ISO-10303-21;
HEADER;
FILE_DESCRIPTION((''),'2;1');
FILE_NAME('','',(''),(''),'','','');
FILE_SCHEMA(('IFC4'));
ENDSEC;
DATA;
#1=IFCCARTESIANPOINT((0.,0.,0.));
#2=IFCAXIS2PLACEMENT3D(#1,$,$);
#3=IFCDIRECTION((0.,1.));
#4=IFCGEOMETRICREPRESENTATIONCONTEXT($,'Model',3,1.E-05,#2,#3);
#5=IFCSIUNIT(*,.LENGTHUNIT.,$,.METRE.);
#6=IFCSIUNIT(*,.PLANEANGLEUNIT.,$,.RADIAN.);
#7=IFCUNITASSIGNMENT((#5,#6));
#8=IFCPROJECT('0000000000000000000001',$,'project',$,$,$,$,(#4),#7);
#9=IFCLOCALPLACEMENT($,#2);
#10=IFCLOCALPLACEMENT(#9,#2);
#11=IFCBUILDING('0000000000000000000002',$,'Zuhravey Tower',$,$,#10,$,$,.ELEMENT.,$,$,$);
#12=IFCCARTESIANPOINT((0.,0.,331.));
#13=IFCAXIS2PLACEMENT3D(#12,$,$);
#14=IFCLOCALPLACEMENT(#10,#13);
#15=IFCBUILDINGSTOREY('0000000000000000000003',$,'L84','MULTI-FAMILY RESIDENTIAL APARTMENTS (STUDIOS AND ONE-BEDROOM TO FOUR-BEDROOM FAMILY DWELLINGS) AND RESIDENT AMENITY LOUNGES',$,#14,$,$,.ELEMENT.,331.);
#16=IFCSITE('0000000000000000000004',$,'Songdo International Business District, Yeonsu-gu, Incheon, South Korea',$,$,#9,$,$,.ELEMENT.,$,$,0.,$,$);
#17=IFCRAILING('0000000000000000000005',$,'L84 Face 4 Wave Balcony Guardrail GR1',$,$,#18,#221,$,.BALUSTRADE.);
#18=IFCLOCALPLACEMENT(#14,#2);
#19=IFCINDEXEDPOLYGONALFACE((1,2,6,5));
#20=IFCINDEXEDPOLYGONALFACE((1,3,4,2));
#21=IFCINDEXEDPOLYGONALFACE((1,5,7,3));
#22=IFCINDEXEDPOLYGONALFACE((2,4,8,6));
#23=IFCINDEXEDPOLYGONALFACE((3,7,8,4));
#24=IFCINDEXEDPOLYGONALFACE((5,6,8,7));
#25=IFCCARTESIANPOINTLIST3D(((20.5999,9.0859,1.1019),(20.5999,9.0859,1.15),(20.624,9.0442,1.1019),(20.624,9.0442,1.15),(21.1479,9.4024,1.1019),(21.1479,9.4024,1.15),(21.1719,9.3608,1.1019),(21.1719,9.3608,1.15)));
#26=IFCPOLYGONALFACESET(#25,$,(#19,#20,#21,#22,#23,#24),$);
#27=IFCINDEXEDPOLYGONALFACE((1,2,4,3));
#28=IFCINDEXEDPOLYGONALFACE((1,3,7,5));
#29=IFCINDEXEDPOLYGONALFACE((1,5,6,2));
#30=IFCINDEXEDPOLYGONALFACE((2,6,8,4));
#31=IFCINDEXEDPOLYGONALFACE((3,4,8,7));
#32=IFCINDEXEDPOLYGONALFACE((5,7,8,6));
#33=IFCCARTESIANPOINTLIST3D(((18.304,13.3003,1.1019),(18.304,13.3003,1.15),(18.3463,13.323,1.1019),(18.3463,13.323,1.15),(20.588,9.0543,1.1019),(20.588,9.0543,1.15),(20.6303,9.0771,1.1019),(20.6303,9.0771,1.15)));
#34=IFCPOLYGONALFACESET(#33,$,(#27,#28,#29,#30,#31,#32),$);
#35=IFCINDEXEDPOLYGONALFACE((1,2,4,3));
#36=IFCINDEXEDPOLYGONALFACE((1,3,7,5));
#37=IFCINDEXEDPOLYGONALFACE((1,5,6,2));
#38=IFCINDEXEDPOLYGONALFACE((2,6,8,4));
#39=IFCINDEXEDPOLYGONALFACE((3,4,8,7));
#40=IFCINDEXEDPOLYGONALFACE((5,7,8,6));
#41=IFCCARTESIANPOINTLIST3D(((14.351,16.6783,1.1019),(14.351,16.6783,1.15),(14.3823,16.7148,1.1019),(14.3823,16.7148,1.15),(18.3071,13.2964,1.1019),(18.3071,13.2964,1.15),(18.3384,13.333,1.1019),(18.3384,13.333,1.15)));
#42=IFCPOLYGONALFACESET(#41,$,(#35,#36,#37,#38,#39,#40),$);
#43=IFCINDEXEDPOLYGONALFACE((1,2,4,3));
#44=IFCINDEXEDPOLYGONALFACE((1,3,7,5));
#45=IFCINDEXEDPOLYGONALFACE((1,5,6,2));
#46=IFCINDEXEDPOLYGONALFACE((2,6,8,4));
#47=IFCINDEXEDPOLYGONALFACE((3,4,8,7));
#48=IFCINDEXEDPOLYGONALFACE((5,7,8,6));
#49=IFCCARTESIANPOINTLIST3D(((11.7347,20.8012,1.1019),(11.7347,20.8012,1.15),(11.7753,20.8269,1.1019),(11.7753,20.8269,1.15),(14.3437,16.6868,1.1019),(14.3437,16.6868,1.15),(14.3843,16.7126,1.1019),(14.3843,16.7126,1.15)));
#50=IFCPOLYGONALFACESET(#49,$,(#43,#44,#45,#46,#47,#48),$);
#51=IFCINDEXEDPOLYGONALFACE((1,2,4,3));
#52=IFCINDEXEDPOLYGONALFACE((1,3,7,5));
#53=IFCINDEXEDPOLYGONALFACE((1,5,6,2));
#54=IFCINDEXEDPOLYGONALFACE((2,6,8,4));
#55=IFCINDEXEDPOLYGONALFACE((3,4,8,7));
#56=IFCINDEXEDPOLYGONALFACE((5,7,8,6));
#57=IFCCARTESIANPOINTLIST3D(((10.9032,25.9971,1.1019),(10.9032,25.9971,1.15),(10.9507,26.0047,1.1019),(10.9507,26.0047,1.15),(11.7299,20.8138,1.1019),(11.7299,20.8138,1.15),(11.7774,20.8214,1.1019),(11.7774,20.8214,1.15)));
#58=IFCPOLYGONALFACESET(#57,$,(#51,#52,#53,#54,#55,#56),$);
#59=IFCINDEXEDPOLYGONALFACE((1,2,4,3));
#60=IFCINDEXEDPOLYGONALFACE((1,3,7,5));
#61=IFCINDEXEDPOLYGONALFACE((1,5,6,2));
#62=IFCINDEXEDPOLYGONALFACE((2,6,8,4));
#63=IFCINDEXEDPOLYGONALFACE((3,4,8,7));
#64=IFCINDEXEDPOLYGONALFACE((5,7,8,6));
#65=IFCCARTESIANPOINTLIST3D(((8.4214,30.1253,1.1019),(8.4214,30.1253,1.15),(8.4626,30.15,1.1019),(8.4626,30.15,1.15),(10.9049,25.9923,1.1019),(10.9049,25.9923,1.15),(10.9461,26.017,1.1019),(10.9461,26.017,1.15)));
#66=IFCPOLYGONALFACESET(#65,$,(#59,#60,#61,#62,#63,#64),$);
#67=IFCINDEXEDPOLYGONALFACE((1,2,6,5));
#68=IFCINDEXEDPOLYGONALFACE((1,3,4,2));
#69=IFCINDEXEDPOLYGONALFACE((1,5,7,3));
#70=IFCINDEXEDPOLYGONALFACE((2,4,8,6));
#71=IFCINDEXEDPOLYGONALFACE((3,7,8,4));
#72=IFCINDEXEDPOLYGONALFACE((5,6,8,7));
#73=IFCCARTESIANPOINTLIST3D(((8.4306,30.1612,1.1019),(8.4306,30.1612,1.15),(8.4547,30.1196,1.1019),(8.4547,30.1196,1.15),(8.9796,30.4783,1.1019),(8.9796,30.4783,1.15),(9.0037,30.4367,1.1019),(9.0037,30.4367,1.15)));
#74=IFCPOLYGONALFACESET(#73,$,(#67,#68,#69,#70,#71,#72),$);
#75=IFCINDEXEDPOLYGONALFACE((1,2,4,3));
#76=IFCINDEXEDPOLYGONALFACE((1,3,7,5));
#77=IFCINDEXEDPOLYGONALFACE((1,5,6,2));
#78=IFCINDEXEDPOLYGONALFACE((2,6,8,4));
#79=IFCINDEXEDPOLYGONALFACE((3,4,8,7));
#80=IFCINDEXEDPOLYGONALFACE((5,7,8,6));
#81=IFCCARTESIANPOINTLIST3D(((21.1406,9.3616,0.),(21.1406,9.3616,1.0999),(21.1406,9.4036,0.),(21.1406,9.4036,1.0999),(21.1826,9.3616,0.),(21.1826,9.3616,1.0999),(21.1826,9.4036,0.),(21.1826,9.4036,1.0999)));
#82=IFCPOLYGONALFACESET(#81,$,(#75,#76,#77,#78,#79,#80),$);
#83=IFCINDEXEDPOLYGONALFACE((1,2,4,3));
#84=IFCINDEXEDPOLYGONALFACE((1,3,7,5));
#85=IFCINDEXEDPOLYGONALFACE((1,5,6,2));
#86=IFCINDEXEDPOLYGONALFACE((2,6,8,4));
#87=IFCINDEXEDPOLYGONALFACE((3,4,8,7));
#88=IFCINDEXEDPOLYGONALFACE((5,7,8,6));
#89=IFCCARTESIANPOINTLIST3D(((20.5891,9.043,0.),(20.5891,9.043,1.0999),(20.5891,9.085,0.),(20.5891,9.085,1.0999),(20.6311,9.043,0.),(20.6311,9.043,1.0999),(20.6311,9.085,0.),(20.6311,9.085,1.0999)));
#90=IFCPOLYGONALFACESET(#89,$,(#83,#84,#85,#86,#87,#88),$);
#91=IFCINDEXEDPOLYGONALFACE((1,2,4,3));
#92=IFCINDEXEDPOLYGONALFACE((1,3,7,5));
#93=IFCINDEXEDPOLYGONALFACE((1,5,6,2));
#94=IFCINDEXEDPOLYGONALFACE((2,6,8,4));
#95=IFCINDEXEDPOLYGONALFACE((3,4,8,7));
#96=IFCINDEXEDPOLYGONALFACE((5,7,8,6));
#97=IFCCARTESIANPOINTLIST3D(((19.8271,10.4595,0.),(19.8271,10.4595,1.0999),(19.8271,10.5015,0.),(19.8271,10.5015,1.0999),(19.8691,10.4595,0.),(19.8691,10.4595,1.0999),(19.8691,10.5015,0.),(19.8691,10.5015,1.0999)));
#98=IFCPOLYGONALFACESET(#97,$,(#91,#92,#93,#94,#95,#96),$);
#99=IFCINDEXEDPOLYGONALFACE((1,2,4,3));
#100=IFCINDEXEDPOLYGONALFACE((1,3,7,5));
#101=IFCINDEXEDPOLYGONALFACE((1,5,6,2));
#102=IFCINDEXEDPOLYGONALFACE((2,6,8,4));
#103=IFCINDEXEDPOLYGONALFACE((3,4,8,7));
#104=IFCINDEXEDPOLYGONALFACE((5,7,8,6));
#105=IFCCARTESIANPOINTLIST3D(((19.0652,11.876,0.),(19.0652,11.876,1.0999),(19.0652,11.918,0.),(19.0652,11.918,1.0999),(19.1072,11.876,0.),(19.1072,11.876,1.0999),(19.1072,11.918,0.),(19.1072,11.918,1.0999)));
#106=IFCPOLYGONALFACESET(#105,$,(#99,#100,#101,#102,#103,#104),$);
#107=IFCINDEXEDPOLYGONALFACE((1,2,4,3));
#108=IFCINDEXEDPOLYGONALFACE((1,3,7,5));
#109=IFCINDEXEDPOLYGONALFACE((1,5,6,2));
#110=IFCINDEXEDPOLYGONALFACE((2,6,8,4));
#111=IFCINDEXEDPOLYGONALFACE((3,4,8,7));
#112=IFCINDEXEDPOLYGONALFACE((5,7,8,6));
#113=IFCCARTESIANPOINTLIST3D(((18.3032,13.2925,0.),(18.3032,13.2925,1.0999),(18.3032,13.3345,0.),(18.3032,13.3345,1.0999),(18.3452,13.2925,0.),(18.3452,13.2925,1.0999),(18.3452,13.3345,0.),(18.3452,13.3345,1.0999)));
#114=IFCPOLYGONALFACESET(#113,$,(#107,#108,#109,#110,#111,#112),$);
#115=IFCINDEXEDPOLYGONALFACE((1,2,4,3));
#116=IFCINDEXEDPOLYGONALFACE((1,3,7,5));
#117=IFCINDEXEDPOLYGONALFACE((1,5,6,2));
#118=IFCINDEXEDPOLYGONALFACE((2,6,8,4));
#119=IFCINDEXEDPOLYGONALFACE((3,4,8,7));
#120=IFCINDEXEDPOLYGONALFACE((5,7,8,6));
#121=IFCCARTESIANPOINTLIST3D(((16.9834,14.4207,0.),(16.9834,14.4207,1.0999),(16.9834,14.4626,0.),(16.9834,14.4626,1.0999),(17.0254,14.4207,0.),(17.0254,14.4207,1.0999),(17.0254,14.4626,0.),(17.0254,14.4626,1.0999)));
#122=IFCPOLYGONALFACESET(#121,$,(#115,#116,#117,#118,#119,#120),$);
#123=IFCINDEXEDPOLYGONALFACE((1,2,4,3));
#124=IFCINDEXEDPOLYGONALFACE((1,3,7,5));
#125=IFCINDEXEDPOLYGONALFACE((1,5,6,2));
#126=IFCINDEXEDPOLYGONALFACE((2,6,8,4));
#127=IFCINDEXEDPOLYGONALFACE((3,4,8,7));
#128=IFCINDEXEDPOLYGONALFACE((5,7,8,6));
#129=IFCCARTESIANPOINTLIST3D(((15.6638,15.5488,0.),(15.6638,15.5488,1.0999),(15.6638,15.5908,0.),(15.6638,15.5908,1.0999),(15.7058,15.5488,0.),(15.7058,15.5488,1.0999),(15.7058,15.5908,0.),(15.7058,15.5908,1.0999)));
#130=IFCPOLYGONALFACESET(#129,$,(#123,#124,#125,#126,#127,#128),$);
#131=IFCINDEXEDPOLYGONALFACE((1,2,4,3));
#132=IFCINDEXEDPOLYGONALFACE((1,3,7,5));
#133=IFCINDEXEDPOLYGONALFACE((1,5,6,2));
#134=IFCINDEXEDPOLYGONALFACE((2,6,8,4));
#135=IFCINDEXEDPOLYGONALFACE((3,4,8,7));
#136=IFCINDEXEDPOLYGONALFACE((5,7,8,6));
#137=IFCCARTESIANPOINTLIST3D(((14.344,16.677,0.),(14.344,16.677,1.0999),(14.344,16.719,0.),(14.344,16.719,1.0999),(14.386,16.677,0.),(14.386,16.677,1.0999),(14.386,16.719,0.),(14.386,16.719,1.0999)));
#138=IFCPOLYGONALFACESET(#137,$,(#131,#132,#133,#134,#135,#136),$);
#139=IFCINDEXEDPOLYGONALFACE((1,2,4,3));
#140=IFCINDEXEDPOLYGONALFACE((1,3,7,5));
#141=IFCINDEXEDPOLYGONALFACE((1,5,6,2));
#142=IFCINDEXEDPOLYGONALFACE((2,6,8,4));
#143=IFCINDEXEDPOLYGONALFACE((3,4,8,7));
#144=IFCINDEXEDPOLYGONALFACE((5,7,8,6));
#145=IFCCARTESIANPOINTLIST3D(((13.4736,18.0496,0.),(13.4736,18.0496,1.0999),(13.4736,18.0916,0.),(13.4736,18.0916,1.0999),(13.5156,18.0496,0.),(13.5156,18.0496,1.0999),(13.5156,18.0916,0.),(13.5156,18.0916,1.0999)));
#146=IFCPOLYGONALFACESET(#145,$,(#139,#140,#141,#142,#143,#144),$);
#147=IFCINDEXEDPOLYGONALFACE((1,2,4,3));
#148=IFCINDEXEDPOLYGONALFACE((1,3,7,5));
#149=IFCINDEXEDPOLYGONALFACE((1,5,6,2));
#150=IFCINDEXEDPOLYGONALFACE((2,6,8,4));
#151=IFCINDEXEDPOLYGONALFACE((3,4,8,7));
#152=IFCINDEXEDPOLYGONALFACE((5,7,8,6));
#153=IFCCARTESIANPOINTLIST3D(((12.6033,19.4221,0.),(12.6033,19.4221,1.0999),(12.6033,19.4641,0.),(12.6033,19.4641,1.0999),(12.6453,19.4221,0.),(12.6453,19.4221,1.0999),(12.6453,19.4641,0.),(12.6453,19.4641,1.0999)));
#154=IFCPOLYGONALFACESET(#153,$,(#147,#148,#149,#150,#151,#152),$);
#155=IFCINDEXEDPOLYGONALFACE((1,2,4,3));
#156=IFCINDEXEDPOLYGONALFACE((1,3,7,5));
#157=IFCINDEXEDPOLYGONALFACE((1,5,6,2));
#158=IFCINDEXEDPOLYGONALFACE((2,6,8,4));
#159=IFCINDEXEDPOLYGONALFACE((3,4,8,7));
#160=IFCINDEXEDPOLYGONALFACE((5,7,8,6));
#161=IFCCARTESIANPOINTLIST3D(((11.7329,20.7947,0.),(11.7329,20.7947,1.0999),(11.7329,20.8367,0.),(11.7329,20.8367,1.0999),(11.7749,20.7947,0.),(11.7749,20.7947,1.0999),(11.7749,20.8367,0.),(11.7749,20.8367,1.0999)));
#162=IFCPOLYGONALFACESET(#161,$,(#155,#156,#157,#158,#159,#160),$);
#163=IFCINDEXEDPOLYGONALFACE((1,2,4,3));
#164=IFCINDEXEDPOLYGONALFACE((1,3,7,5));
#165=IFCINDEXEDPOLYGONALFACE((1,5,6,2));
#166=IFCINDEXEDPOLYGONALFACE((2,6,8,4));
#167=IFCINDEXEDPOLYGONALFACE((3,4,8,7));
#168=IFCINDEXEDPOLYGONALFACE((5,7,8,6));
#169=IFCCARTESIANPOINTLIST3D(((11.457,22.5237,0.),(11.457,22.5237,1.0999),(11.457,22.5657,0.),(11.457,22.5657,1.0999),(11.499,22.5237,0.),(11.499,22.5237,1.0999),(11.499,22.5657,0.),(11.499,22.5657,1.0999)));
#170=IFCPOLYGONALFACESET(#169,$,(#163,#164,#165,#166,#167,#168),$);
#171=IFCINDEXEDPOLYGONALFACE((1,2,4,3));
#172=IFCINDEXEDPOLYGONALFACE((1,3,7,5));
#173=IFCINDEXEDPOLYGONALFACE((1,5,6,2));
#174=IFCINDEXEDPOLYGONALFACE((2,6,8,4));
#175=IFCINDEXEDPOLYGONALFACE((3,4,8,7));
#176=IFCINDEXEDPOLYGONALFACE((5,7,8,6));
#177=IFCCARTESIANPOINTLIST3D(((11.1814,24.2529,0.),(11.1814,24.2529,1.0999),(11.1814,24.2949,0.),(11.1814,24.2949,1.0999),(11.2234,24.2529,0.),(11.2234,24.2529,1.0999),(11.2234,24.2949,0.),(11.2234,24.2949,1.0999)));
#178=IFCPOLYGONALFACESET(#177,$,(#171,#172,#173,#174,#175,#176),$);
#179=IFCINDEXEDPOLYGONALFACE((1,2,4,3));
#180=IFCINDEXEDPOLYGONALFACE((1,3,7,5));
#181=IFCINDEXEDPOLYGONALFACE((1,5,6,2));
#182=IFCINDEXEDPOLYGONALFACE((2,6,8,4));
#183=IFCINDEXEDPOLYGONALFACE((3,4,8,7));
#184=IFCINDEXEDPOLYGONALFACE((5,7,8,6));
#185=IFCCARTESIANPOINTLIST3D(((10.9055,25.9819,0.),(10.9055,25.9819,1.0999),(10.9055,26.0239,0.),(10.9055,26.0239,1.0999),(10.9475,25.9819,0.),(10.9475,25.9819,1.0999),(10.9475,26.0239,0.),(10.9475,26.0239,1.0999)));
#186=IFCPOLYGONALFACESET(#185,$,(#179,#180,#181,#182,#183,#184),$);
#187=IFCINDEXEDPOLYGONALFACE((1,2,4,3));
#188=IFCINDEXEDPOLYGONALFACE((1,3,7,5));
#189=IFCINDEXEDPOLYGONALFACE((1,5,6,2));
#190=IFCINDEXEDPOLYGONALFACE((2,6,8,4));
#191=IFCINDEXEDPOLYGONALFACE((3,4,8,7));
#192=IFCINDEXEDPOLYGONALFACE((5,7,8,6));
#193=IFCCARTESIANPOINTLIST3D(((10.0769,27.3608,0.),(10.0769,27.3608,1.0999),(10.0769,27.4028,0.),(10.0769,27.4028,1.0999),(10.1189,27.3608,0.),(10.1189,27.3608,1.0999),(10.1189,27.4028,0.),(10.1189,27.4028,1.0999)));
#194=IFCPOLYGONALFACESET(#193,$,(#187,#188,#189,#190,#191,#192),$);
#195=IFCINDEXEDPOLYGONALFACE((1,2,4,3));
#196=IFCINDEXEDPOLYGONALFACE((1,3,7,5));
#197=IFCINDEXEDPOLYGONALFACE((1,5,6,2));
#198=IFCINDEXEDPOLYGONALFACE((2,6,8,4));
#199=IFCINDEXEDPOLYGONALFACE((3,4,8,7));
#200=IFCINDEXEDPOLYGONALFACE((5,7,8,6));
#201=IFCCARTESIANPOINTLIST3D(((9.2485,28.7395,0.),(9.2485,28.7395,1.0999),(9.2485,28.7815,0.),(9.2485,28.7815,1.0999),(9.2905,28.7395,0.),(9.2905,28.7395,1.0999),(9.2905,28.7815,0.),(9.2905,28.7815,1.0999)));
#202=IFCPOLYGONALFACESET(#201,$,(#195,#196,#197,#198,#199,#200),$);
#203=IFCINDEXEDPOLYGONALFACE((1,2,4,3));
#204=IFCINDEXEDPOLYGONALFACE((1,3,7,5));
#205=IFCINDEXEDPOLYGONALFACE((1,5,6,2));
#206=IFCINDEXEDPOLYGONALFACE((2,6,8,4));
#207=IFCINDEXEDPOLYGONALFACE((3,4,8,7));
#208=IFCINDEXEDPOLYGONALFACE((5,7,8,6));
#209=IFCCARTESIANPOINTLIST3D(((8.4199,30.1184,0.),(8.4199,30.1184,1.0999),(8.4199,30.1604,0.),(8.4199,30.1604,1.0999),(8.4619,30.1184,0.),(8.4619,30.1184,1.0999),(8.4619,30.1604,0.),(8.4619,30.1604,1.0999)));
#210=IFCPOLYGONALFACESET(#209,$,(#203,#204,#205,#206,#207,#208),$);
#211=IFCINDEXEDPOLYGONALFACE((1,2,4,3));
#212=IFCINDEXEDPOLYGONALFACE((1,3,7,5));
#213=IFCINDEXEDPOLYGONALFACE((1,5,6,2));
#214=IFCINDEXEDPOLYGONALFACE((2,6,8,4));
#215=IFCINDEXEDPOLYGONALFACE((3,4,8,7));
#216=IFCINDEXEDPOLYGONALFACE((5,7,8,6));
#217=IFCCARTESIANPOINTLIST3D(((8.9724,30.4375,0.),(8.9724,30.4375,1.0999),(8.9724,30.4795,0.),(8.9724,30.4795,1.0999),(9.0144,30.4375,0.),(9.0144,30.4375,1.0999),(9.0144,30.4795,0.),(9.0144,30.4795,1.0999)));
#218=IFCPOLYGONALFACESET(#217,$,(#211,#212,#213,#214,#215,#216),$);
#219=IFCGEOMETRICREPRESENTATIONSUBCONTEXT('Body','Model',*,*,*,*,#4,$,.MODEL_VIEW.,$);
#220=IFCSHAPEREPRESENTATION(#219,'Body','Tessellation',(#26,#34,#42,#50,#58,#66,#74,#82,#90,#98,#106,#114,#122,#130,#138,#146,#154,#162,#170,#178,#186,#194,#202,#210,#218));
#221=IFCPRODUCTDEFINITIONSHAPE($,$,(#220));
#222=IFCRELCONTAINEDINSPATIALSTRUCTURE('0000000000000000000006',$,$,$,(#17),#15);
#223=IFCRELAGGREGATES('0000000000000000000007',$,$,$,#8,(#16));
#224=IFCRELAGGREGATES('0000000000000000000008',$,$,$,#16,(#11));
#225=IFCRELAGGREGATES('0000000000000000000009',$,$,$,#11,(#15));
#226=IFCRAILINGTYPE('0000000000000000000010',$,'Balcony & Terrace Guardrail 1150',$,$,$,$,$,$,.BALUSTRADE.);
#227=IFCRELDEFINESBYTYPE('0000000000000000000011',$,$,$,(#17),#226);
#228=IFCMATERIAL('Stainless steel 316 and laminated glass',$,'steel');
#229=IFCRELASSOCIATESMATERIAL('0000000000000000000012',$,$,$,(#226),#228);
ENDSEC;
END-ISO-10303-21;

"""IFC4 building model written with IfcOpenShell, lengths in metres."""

from ifc_helpers import new_model, si_unit, direction, frame, origin, origin_2d, place, context, subcontext, project, spatial, rectangle, extrude, material, type_object, element, save


model = new_model("IFC4")

# Units and contexts
model_context = context("Model", 3, precision=1e-05, world=origin(), true_north=direction((0.0, 1.0)))
body_context = subcontext(model_context, "Body", "Model", "MODEL_VIEW")
ifc_project = project(units=[si_unit("LENGTHUNIT", "METRE"), si_unit("PLANEANGLEUNIT", "RADIAN")], contexts=[model_context])

# Site, building, storey
site_placement = place(None, origin())
site = spatial("IfcSite", under=ifc_project, at=site_placement, Name="Songdo International Business District, Yeonsu-gu, Incheon, South Korea", CompositionType="ELEMENT", RefElevation=0.0)
building_placement = place(site_placement, origin())
building = spatial("IfcBuilding", under=site, at=building_placement, Name="Zuhravey Tower", CompositionType="ELEMENT")
storey_placement = place(building_placement, frame((0.0, 0.0, 331.0)))
storey = spatial("IfcBuildingStorey", under=building, at=storey_placement, Name="L84", Description="MULTI-FAMILY RESIDENTIAL APARTMENTS (STUDIOS AND ONE-BEDROOM TO FOUR-BEDROOM FAMILY DWELLINGS) AND RESIDENT AMENITY LOUNGES", CompositionType="ELEMENT", Elevation=331.0)

# Railing
ifc_material_1 = material(Name="Stainless steel 316 and laminated glass", Category="steel")
railing_type = type_object("IfcRailingType", Name="Balcony & Terrace Guardrail 1150", PredefinedType="BALUSTRADE", material=ifc_material_1)
railing_placement = place(storey_placement, frame((21.1616, 9.3826, 0.0)))
element("IfcRailing", 1, at=railing_placement, inside=storey, type_object=railing_type, Name="L84 Face 4 Wave Balcony Guardrail GR1", PredefinedType="BALUSTRADE", context=body_context, shape_type="SweptSolid", body=[
    extrude(rectangle(XDim=0.0481, YDim=0.0481, at=origin_2d()), frame((-0.0017, -0.001, 1.126), z_axis=(-0.865898, -0.50022, 0.0), x_axis=(0.50022, -0.865898, 0.0)), (0.0, 0.0, 1.0), 0.6328),
    extrude(rectangle(XDim=0.0481, YDim=0.0481, at=origin_2d()), frame((-0.5525, -0.3169, 1.126), z_axis=(-0.473729, 0.880671, 0.0), x_axis=(-0.880671, -0.473729, 0.0)), (0.0, 0.0, 1.0), 4.8213),
    extrude(rectangle(XDim=0.0481, YDim=0.0481, at=origin_2d()), frame((-2.8389, 3.9321, 1.126), z_axis=(-0.760119, 0.649783, 0.0), x_axis=(-0.649783, -0.760119, 0.0)), (0.0, 0.0, 1.0), 5.2046),
    extrude(rectangle(XDim=0.0481, YDim=0.0481, at=origin_2d()), frame((-6.7976, 7.3171, 1.126), z_axis=(-0.535524, 0.84452, 0.0), x_axis=(-0.84452, -0.535524, 0.0)), (0.0, 0.0, 1.0), 4.8718),
    extrude(rectangle(XDim=0.0481, YDim=0.0481, at=origin_2d()), frame((-9.408, 11.4351, 1.126), z_axis=(-0.157514, 0.987517, 0.0), x_axis=(-0.987517, -0.157514, 0.0)), (0.0, 0.0, 1.0), 5.2488),
    extrude(rectangle(XDim=0.0481, YDim=0.0481, at=origin_2d()), frame((-10.2361, 16.6221, 1.126), z_axis=(-0.515061, 0.857153, 0.0), x_axis=(-0.857153, -0.515061, 0.0)), (0.0, 0.0, 1.0), 4.8218),
    extrude(rectangle(XDim=0.0481, YDim=0.0481, at=origin_2d()), frame((-12.719, 20.7578, 1.126), z_axis=(0.86595, 0.500131, 0.0), x_axis=(-0.500131, 0.86595, 0.0)), (0.0, 0.0, 1.0), 0.634),
    extrude(rectangle(XDim=0.042, YDim=0.042, at=origin_2d()), origin(), (0.0, 0.0, 1.0), 1.0999),
    extrude(rectangle(XDim=0.042, YDim=0.042, at=origin_2d()), frame((-0.5515, -0.3186, 0.0)), (0.0, 0.0, 1.0), 1.0999),
    extrude(rectangle(XDim=0.042, YDim=0.042, at=origin_2d()), frame((-1.3135, 1.0979, 0.0)), (0.0, 0.0, 1.0), 1.0999),
    extrude(rectangle(XDim=0.042, YDim=0.042, at=origin_2d()), frame((-2.0754, 2.5144, 0.0)), (0.0, 0.0, 1.0), 1.0999),
    extrude(rectangle(XDim=0.042, YDim=0.042, at=origin_2d()), frame((-2.8374, 3.9309, 0.0)), (0.0, 0.0, 1.0), 1.0999),
    extrude(rectangle(XDim=0.042, YDim=0.042, at=origin_2d()), frame((-4.1572, 5.0591, 0.0)), (0.0, 0.0, 1.0), 1.0999),
    extrude(rectangle(XDim=0.042, YDim=0.042, at=origin_2d()), frame((-5.4768, 6.1873, 0.0)), (0.0, 0.0, 1.0), 1.0999),
    extrude(rectangle(XDim=0.042, YDim=0.042, at=origin_2d()), frame((-6.7966, 7.3154, 0.0)), (0.0, 0.0, 1.0), 1.0999),
    extrude(rectangle(XDim=0.042, YDim=0.042, at=origin_2d()), frame((-7.667, 8.688, 0.0)), (0.0, 0.0, 1.0), 1.0999),
    extrude(rectangle(XDim=0.042, YDim=0.042, at=origin_2d()), frame((-8.5374, 10.0605, 0.0)), (0.0, 0.0, 1.0), 1.0999),
    extrude(rectangle(XDim=0.042, YDim=0.042, at=origin_2d()), frame((-9.4077, 11.4331, 0.0)), (0.0, 0.0, 1.0), 1.0999),
    extrude(rectangle(XDim=0.042, YDim=0.042, at=origin_2d()), frame((-9.6836, 13.1621, 0.0)), (0.0, 0.0, 1.0), 1.0999),
    extrude(rectangle(XDim=0.042, YDim=0.042, at=origin_2d()), frame((-9.9592, 14.8914, 0.0)), (0.0, 0.0, 1.0), 1.0999),
    extrude(rectangle(XDim=0.042, YDim=0.042, at=origin_2d()), frame((-10.2351, 16.6204, 0.0)), (0.0, 0.0, 1.0), 1.0999),
    extrude(rectangle(XDim=0.042, YDim=0.042, at=origin_2d()), frame((-11.0637, 17.9993, 0.0)), (0.0, 0.0, 1.0), 1.0999),
    extrude(rectangle(XDim=0.042, YDim=0.042, at=origin_2d()), frame((-11.8921, 19.3779, 0.0)), (0.0, 0.0, 1.0), 1.0999),
    extrude(rectangle(XDim=0.042, YDim=0.042, at=origin_2d()), frame((-12.7207, 20.7568, 0.0)), (0.0, 0.0, 1.0), 1.0999),
    extrude(rectangle(XDim=0.042, YDim=0.042, at=origin_2d()), frame((-12.1682, 21.0759, 0.0)), (0.0, 0.0, 1.0), 1.0999),
])

save(model, "model.ifc")
